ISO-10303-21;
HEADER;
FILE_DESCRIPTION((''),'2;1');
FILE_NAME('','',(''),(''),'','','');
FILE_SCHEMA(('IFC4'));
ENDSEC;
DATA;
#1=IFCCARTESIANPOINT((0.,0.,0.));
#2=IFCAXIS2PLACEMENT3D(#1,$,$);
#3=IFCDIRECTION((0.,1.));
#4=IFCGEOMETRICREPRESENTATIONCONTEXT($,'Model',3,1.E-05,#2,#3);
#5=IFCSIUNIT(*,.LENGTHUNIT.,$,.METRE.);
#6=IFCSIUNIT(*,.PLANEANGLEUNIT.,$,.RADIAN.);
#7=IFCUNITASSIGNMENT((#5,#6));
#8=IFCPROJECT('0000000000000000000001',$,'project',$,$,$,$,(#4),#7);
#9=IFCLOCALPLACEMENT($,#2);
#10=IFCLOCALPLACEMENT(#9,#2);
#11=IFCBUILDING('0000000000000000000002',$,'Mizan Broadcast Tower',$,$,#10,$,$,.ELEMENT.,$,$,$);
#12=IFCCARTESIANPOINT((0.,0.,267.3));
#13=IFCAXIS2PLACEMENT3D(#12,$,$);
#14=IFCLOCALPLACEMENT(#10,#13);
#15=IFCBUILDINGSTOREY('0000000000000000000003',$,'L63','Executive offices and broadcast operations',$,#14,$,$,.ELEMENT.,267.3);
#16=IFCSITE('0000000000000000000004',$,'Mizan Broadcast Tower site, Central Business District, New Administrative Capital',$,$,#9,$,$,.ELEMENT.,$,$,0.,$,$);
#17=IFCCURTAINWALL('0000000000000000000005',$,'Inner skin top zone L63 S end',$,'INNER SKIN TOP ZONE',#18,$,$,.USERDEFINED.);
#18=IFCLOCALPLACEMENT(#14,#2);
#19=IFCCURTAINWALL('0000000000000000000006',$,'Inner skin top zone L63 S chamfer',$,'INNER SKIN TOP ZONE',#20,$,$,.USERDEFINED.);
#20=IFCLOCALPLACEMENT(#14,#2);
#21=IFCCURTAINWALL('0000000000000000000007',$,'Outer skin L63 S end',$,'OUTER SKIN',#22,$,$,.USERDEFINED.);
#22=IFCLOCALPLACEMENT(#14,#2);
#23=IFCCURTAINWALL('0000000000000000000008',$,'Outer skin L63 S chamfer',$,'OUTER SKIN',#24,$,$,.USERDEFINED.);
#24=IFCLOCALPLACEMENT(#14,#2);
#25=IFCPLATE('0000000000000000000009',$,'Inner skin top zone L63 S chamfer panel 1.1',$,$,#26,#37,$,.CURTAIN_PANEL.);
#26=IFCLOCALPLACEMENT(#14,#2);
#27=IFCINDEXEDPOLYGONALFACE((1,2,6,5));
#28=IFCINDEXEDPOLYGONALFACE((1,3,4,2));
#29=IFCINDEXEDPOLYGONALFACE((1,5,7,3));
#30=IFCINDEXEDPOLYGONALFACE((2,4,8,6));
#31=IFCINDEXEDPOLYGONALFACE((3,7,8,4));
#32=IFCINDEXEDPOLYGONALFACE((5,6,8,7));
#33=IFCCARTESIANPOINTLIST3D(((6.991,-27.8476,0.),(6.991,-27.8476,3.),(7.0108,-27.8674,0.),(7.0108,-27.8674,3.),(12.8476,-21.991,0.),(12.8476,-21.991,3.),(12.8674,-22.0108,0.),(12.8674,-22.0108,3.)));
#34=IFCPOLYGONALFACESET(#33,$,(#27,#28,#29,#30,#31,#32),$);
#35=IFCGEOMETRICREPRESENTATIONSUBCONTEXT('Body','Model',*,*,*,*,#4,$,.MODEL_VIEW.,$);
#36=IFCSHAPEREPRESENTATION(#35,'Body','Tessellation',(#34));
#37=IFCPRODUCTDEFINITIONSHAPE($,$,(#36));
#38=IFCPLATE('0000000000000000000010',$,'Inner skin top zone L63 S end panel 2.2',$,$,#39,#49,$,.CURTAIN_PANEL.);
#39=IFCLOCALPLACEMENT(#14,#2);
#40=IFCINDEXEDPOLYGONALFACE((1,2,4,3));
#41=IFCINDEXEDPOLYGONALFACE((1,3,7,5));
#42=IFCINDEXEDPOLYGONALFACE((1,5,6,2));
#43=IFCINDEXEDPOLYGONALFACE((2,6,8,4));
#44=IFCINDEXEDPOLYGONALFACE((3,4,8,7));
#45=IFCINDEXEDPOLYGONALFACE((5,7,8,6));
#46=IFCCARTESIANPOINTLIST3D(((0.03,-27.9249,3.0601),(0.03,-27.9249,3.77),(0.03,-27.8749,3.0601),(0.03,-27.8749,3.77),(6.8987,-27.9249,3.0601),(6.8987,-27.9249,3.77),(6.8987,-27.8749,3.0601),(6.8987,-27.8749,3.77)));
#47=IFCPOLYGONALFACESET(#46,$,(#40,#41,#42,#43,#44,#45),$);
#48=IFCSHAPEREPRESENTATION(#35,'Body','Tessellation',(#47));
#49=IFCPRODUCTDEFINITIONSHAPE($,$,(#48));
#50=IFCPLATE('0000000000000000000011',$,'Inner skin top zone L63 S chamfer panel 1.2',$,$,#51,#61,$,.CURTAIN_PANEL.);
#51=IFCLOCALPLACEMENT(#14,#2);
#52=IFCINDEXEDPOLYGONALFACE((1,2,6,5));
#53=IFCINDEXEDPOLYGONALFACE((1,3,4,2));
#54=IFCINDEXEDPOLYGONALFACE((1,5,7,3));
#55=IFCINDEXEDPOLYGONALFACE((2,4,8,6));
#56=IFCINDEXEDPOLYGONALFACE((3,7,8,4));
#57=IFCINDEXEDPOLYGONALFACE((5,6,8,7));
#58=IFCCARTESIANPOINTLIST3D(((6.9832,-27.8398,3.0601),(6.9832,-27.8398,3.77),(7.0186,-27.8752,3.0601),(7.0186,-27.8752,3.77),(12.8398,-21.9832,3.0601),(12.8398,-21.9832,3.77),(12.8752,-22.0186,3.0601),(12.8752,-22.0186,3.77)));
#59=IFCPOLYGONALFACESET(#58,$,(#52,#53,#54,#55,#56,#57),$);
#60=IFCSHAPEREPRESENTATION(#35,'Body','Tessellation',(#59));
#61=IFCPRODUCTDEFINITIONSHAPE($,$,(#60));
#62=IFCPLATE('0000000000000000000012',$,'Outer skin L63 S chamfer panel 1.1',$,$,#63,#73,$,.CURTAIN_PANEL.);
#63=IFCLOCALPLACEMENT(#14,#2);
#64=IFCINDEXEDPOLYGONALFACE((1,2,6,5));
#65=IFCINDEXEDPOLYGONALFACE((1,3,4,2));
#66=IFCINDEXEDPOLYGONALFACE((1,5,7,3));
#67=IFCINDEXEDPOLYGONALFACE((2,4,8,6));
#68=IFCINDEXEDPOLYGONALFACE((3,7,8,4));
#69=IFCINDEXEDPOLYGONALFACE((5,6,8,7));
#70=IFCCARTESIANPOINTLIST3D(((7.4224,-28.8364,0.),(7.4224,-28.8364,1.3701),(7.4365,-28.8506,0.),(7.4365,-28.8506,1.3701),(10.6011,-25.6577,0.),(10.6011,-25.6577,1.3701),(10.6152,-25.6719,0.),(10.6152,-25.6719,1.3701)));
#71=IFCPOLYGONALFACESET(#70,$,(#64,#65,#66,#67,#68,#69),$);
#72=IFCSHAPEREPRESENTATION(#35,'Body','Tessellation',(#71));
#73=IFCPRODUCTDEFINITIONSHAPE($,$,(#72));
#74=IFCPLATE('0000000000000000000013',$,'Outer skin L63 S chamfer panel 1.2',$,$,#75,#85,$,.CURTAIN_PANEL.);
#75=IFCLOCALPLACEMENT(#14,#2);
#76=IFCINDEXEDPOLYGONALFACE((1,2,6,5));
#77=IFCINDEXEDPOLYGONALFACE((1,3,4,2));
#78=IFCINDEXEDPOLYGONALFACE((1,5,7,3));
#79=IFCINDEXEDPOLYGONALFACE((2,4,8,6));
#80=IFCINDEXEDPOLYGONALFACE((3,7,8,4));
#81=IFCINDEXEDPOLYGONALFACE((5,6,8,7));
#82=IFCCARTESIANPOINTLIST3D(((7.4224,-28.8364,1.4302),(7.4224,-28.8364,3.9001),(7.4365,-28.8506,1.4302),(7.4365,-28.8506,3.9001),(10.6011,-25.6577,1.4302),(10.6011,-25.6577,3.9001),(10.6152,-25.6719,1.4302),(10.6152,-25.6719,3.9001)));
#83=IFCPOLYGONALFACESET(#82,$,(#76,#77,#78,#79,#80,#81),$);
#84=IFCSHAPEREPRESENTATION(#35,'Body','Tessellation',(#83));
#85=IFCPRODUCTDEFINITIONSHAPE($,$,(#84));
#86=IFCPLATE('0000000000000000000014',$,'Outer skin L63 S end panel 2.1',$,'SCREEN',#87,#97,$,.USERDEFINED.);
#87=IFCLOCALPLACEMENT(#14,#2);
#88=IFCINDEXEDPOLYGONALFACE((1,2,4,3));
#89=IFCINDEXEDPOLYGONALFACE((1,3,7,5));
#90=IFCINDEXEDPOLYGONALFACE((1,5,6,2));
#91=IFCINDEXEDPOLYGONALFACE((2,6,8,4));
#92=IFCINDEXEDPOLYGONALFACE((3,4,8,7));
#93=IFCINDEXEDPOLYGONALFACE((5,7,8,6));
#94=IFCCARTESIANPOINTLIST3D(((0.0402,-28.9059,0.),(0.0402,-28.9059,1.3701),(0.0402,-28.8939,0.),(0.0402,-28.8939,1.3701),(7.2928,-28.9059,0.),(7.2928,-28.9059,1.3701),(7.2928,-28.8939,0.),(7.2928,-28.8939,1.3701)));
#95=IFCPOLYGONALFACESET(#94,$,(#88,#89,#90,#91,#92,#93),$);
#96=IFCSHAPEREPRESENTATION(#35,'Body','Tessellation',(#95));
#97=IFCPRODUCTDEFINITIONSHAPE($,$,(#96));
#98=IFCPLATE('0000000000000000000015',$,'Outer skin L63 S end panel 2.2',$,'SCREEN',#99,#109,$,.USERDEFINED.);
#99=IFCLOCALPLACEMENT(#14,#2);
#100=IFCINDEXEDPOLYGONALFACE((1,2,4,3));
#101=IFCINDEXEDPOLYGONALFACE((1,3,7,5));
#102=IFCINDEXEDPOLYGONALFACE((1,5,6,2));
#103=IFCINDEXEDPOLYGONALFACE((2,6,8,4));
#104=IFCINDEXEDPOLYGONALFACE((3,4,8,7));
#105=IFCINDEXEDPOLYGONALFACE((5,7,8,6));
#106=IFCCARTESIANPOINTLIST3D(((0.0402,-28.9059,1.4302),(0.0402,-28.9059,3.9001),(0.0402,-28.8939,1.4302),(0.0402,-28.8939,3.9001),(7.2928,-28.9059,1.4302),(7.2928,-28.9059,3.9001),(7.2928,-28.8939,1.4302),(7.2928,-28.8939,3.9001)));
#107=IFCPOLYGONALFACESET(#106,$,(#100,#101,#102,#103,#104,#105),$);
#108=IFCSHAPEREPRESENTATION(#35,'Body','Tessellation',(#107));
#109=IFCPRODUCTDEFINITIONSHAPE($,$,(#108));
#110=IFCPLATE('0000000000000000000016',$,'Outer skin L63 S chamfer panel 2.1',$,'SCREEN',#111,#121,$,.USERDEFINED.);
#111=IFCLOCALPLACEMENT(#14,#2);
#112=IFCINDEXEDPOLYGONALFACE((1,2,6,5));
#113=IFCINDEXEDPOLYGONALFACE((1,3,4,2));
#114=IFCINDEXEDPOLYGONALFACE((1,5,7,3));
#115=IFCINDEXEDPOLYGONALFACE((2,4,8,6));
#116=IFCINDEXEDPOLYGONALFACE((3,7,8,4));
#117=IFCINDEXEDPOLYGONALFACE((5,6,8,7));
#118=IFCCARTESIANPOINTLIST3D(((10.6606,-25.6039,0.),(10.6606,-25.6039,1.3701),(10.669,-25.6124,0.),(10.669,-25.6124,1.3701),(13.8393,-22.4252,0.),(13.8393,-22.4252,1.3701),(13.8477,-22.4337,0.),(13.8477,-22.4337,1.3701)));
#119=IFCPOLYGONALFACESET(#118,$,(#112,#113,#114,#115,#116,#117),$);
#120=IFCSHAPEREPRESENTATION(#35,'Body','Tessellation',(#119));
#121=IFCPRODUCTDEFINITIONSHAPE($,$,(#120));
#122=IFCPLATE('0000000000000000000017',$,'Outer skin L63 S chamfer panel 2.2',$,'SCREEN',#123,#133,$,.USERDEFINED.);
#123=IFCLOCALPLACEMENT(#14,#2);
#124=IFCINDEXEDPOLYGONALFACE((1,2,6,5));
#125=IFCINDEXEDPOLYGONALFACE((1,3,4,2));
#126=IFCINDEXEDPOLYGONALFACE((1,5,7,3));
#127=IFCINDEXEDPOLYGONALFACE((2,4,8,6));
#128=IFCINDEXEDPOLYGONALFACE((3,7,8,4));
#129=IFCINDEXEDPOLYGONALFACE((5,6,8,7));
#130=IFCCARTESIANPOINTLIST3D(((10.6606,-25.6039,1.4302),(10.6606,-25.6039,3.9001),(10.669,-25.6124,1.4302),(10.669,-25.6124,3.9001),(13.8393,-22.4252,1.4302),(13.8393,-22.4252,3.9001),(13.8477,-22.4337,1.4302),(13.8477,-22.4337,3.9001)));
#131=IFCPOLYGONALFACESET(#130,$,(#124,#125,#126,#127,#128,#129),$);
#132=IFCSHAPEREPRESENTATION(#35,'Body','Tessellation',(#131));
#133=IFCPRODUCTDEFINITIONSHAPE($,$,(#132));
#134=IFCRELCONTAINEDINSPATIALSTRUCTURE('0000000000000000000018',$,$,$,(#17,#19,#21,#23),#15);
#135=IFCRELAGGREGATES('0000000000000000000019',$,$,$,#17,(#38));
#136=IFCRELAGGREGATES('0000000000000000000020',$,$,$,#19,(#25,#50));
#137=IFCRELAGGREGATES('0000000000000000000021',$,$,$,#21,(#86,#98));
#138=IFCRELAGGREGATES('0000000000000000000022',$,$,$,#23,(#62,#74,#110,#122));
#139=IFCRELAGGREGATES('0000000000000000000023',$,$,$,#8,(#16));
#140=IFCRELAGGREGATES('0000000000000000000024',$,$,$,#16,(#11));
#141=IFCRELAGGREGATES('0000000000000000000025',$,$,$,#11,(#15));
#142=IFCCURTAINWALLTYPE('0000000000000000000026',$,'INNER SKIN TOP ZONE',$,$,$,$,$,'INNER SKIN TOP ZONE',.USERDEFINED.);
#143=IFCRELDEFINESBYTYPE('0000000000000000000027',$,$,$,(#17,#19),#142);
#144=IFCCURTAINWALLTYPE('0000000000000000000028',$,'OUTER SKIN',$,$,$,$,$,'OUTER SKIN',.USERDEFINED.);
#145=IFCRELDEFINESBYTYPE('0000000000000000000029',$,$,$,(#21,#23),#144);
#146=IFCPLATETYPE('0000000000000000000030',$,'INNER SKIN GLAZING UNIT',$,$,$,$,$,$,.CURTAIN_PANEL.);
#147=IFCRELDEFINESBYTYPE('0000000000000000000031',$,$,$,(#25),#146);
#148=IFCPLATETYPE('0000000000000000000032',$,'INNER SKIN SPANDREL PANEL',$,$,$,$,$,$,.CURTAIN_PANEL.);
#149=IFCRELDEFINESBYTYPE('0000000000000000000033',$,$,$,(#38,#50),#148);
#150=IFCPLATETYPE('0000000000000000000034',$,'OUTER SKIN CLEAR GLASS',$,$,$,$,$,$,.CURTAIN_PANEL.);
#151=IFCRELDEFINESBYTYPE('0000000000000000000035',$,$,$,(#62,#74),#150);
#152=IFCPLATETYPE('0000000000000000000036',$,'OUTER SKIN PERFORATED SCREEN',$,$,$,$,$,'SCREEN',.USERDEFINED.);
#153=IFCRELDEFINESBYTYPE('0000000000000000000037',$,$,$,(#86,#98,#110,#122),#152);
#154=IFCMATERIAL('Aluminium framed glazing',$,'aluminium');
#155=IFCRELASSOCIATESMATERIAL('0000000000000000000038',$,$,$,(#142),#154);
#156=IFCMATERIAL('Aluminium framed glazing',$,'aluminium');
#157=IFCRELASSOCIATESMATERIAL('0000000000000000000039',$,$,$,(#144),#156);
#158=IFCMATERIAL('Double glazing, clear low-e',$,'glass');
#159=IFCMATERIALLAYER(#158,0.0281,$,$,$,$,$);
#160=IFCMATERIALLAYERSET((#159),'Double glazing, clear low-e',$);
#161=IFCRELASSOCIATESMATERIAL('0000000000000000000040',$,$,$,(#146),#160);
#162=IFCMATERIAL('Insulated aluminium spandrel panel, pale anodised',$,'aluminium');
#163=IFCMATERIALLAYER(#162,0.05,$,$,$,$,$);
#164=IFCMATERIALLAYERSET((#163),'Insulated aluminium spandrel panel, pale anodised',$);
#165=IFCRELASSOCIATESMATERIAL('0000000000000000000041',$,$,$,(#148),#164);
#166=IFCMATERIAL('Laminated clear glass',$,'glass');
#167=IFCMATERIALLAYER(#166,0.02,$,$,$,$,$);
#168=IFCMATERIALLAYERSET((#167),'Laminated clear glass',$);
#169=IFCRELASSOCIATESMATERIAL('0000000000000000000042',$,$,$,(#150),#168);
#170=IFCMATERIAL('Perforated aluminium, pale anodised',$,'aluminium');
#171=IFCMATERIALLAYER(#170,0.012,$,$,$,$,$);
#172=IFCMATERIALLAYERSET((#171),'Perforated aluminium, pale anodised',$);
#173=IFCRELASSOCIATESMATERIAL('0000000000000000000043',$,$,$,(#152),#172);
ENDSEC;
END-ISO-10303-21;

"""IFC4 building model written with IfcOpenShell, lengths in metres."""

from ifc_helpers import new_model, si_unit, direction, frame, origin, origin_2d, place, context, subcontext, project, spatial, rectangle, extrude, material, layer, layer_set, type_object, element, aggregate, save


model = new_model("IFC4")

# Units and contexts
model_context = context("Model", 3, precision=1e-05, world=origin(), true_north=direction((0.0, 1.0)))
body_context = subcontext(model_context, "Body", "Model", "MODEL_VIEW")
ifc_project = project(units=[si_unit("LENGTHUNIT", "METRE"), si_unit("PLANEANGLEUNIT", "RADIAN")], contexts=[model_context])

# Site, building, storey
site_placement = place(None, origin())
site = spatial("IfcSite", under=ifc_project, at=site_placement, Name="Mizan Broadcast Tower site, Central Business District, New Administrative Capital", CompositionType="ELEMENT", RefElevation=0.0)
building_placement = place(site_placement, origin())
building = spatial("IfcBuilding", under=site, at=building_placement, Name="Mizan Broadcast Tower", CompositionType="ELEMENT")
storey_placement = place(building_placement, frame((0.0, 0.0, 267.3)))
storey = spatial("IfcBuildingStorey", under=building, at=storey_placement, Name="L63", Description="Executive offices and broadcast operations", CompositionType="ELEMENT", Elevation=267.3)

# Curtain wall
ifc_material_1 = material(Name="Aluminium framed glazing", Category="aluminium")
curtain_wall_type_1 = type_object("IfcCurtainWallType", Name="INNER SKIN TOP ZONE", ElementType="INNER SKIN TOP ZONE", PredefinedType="USERDEFINED", material=ifc_material_1)
curtain_wall_1_placement = place(storey_placement, origin())
curtain_wall_1 = element("IfcCurtainWall", 1, at=curtain_wall_1_placement, inside=storey, type_object=curtain_wall_type_1, Name="Inner skin top zone L63 S end", ObjectType="INNER SKIN TOP ZONE", PredefinedType="USERDEFINED")

# Curtain wall
curtain_wall_2_placement = place(storey_placement, origin())
curtain_wall_2 = element("IfcCurtainWall", 2, at=curtain_wall_2_placement, inside=storey, type_object=curtain_wall_type_1, Name="Inner skin top zone L63 S chamfer", ObjectType="INNER SKIN TOP ZONE", PredefinedType="USERDEFINED")

# Curtain wall
ifc_material_2 = material(Name="Aluminium framed glazing", Category="aluminium")
curtain_wall_type_2 = type_object("IfcCurtainWallType", Name="OUTER SKIN", ElementType="OUTER SKIN", PredefinedType="USERDEFINED", material=ifc_material_2)
curtain_wall_3_placement = place(storey_placement, origin())
curtain_wall_3 = element("IfcCurtainWall", 3, at=curtain_wall_3_placement, inside=storey, type_object=curtain_wall_type_2, Name="Outer skin L63 S end", ObjectType="OUTER SKIN", PredefinedType="USERDEFINED")

# Curtain wall
curtain_wall_4_placement = place(storey_placement, origin())
curtain_wall_4 = element("IfcCurtainWall", 4, at=curtain_wall_4_placement, inside=storey, type_object=curtain_wall_type_2, Name="Outer skin L63 S chamfer", ObjectType="OUTER SKIN", PredefinedType="USERDEFINED")

# Plates
ifc_material_3 = material(Name="Double glazing, clear low-e", Category="glass")
ifc_layer_1 = layer(ifc_material_3, 0.0281)
ifc_layer_set_1 = layer_set([ifc_layer_1], Name="Double glazing, clear low-e")
plate_type_1 = type_object("IfcPlateType", Name="INNER SKIN GLAZING UNIT", PredefinedType="CURTAIN_PANEL", material=ifc_layer_set_1)
plate_1_placement = place(storey_placement, frame((9.9292, -24.9292, 0.0), z_axis=(0.0, 0.0, 1.0), x_axis=(0.707107, 0.707107, 0.0)))
plate_1 = element("IfcPlate", 5, at=plate_1_placement, type_object=plate_type_1, Name="Inner skin top zone L63 S chamfer panel 1.1", PredefinedType="CURTAIN_PANEL", context=body_context, shape_type="SweptSolid", body=[
    extrude(rectangle(XDim=8.2825, YDim=0.0281, at=origin_2d()), origin(), (0.0, 0.0, 1.0), 3.0),
])
ifc_material_4 = material(Name="Insulated aluminium spandrel panel, pale anodised", Category="aluminium")
ifc_layer_2 = layer(ifc_material_4, 0.05)
ifc_layer_set_2 = layer_set([ifc_layer_2], Name="Insulated aluminium spandrel panel, pale anodised")
plate_type_2 = type_object("IfcPlateType", Name="INNER SKIN SPANDREL PANEL", PredefinedType="CURTAIN_PANEL", material=ifc_layer_set_2)
plate_2_placement = place(storey_placement, frame((3.4644, -27.8999, 3.0601), z_axis=(0.0, 0.0, 1.0), x_axis=(1.0, 0.0, 0.0)))
plate_2 = element("IfcPlate", 6, at=plate_2_placement, type_object=plate_type_2, Name="Inner skin top zone L63 S end panel 2.2", PredefinedType="CURTAIN_PANEL", context=body_context, shape_type="SweptSolid", body=[
    extrude(rectangle(XDim=6.8687, YDim=0.05, at=origin_2d()), origin(), (0.0, 0.0, 1.0), 0.71),
])
aggregate(curtain_wall_1, [plate_2])
plate_3_placement = place(storey_placement, frame((9.9292, -24.9292, 3.0601), z_axis=(0.0, 0.0, 1.0), x_axis=(0.707107, 0.707107, 0.0)))
plate_3 = element("IfcPlate", 7, at=plate_3_placement, type_object=plate_type_2, Name="Inner skin top zone L63 S chamfer panel 1.2", PredefinedType="CURTAIN_PANEL", context=body_context, shape_type="SweptSolid", body=[
    extrude(rectangle(XDim=8.2825, YDim=0.05, at=origin_2d()), origin(), (0.0, 0.0, 1.0), 0.71),
])
aggregate(curtain_wall_2, [plate_1, plate_3])
ifc_material_5 = material(Name="Laminated clear glass", Category="glass")
ifc_layer_3 = layer(ifc_material_5, 0.02)
ifc_layer_set_3 = layer_set([ifc_layer_3], Name="Laminated clear glass")
plate_type_3 = type_object("IfcPlateType", Name="OUTER SKIN CLEAR GLASS", PredefinedType="CURTAIN_PANEL", material=ifc_layer_set_3)
plate_4_placement = place(storey_placement, frame((9.0188, -27.2542, 0.0), z_axis=(0.0, 0.0, 1.0), x_axis=(0.707107, 0.707107, 0.0)))
plate_4 = element("IfcPlate", 8, at=plate_4_placement, type_object=plate_type_3, Name="Outer skin L63 S chamfer panel 1.1", PredefinedType="CURTAIN_PANEL", context=body_context, shape_type="SweptSolid", body=[
    extrude(rectangle(XDim=4.4954, YDim=0.02, at=origin_2d()), origin(), (0.0, 0.0, 1.0), 1.3701),
])
plate_5_placement = place(storey_placement, frame((9.0188, -27.2542, 1.4302), z_axis=(0.0, 0.0, 1.0), x_axis=(0.707107, 0.707107, 0.0)))
plate_5 = element("IfcPlate", 9, at=plate_5_placement, type_object=plate_type_3, Name="Outer skin L63 S chamfer panel 1.2", PredefinedType="CURTAIN_PANEL", context=body_context, shape_type="SweptSolid", body=[
    extrude(rectangle(XDim=4.4954, YDim=0.02, at=origin_2d()), origin(), (0.0, 0.0, 1.0), 2.47),
])
ifc_material_6 = material(Name="Perforated aluminium, pale anodised", Category="aluminium")
ifc_layer_4 = layer(ifc_material_6, 0.012)
ifc_layer_set_4 = layer_set([ifc_layer_4], Name="Perforated aluminium, pale anodised")
plate_type_4 = type_object("IfcPlateType", Name="OUTER SKIN PERFORATED SCREEN", ElementType="SCREEN", PredefinedType="USERDEFINED", material=ifc_layer_set_4)
plate_6_placement = place(storey_placement, frame((3.6665, -28.8999, 0.0), z_axis=(0.0, 0.0, 1.0), x_axis=(1.0, 0.0, 0.0)))
plate_6 = element("IfcPlate", 10, at=plate_6_placement, type_object=plate_type_4, Name="Outer skin L63 S end panel 2.1", ObjectType="SCREEN", PredefinedType="USERDEFINED", context=body_context, shape_type="SweptSolid", body=[
    extrude(rectangle(XDim=7.2527, YDim=0.012, at=origin_2d()), origin(), (0.0, 0.0, 1.0), 1.3701),
])
plate_7_placement = place(storey_placement, frame((3.6665, -28.8999, 1.4302), z_axis=(0.0, 0.0, 1.0), x_axis=(1.0, 0.0, 0.0)))
plate_7 = element("IfcPlate", 11, at=plate_7_placement, type_object=plate_type_4, Name="Outer skin L63 S end panel 2.2", ObjectType="SCREEN", PredefinedType="USERDEFINED", context=body_context, shape_type="SweptSolid", body=[
    extrude(rectangle(XDim=7.2527, YDim=0.012, at=origin_2d()), origin(), (0.0, 0.0, 1.0), 2.47),
])
aggregate(curtain_wall_3, [plate_6, plate_7])
plate_8_placement = place(storey_placement, frame((12.2542, -24.0188, 0.0), z_axis=(0.0, 0.0, 1.0), x_axis=(0.707107, 0.707107, 0.0)))
plate_8 = element("IfcPlate", 12, at=plate_8_placement, type_object=plate_type_4, Name="Outer skin L63 S chamfer panel 2.1", ObjectType="SCREEN", PredefinedType="USERDEFINED", context=body_context, shape_type="SweptSolid", body=[
    extrude(rectangle(XDim=4.4954, YDim=0.012, at=origin_2d()), origin(), (0.0, 0.0, 1.0), 1.3701),
])
plate_9_placement = place(storey_placement, frame((12.2542, -24.0188, 1.4302), z_axis=(0.0, 0.0, 1.0), x_axis=(0.707107, 0.707107, 0.0)))
plate_9 = element("IfcPlate", 13, at=plate_9_placement, type_object=plate_type_4, Name="Outer skin L63 S chamfer panel 2.2", ObjectType="SCREEN", PredefinedType="USERDEFINED", context=body_context, shape_type="SweptSolid", body=[
    extrude(rectangle(XDim=4.4954, YDim=0.012, at=origin_2d()), origin(), (0.0, 0.0, 1.0), 2.47),
])
aggregate(curtain_wall_4, [plate_4, plate_5, plate_8, plate_9])

save(model, "model.ifc")
